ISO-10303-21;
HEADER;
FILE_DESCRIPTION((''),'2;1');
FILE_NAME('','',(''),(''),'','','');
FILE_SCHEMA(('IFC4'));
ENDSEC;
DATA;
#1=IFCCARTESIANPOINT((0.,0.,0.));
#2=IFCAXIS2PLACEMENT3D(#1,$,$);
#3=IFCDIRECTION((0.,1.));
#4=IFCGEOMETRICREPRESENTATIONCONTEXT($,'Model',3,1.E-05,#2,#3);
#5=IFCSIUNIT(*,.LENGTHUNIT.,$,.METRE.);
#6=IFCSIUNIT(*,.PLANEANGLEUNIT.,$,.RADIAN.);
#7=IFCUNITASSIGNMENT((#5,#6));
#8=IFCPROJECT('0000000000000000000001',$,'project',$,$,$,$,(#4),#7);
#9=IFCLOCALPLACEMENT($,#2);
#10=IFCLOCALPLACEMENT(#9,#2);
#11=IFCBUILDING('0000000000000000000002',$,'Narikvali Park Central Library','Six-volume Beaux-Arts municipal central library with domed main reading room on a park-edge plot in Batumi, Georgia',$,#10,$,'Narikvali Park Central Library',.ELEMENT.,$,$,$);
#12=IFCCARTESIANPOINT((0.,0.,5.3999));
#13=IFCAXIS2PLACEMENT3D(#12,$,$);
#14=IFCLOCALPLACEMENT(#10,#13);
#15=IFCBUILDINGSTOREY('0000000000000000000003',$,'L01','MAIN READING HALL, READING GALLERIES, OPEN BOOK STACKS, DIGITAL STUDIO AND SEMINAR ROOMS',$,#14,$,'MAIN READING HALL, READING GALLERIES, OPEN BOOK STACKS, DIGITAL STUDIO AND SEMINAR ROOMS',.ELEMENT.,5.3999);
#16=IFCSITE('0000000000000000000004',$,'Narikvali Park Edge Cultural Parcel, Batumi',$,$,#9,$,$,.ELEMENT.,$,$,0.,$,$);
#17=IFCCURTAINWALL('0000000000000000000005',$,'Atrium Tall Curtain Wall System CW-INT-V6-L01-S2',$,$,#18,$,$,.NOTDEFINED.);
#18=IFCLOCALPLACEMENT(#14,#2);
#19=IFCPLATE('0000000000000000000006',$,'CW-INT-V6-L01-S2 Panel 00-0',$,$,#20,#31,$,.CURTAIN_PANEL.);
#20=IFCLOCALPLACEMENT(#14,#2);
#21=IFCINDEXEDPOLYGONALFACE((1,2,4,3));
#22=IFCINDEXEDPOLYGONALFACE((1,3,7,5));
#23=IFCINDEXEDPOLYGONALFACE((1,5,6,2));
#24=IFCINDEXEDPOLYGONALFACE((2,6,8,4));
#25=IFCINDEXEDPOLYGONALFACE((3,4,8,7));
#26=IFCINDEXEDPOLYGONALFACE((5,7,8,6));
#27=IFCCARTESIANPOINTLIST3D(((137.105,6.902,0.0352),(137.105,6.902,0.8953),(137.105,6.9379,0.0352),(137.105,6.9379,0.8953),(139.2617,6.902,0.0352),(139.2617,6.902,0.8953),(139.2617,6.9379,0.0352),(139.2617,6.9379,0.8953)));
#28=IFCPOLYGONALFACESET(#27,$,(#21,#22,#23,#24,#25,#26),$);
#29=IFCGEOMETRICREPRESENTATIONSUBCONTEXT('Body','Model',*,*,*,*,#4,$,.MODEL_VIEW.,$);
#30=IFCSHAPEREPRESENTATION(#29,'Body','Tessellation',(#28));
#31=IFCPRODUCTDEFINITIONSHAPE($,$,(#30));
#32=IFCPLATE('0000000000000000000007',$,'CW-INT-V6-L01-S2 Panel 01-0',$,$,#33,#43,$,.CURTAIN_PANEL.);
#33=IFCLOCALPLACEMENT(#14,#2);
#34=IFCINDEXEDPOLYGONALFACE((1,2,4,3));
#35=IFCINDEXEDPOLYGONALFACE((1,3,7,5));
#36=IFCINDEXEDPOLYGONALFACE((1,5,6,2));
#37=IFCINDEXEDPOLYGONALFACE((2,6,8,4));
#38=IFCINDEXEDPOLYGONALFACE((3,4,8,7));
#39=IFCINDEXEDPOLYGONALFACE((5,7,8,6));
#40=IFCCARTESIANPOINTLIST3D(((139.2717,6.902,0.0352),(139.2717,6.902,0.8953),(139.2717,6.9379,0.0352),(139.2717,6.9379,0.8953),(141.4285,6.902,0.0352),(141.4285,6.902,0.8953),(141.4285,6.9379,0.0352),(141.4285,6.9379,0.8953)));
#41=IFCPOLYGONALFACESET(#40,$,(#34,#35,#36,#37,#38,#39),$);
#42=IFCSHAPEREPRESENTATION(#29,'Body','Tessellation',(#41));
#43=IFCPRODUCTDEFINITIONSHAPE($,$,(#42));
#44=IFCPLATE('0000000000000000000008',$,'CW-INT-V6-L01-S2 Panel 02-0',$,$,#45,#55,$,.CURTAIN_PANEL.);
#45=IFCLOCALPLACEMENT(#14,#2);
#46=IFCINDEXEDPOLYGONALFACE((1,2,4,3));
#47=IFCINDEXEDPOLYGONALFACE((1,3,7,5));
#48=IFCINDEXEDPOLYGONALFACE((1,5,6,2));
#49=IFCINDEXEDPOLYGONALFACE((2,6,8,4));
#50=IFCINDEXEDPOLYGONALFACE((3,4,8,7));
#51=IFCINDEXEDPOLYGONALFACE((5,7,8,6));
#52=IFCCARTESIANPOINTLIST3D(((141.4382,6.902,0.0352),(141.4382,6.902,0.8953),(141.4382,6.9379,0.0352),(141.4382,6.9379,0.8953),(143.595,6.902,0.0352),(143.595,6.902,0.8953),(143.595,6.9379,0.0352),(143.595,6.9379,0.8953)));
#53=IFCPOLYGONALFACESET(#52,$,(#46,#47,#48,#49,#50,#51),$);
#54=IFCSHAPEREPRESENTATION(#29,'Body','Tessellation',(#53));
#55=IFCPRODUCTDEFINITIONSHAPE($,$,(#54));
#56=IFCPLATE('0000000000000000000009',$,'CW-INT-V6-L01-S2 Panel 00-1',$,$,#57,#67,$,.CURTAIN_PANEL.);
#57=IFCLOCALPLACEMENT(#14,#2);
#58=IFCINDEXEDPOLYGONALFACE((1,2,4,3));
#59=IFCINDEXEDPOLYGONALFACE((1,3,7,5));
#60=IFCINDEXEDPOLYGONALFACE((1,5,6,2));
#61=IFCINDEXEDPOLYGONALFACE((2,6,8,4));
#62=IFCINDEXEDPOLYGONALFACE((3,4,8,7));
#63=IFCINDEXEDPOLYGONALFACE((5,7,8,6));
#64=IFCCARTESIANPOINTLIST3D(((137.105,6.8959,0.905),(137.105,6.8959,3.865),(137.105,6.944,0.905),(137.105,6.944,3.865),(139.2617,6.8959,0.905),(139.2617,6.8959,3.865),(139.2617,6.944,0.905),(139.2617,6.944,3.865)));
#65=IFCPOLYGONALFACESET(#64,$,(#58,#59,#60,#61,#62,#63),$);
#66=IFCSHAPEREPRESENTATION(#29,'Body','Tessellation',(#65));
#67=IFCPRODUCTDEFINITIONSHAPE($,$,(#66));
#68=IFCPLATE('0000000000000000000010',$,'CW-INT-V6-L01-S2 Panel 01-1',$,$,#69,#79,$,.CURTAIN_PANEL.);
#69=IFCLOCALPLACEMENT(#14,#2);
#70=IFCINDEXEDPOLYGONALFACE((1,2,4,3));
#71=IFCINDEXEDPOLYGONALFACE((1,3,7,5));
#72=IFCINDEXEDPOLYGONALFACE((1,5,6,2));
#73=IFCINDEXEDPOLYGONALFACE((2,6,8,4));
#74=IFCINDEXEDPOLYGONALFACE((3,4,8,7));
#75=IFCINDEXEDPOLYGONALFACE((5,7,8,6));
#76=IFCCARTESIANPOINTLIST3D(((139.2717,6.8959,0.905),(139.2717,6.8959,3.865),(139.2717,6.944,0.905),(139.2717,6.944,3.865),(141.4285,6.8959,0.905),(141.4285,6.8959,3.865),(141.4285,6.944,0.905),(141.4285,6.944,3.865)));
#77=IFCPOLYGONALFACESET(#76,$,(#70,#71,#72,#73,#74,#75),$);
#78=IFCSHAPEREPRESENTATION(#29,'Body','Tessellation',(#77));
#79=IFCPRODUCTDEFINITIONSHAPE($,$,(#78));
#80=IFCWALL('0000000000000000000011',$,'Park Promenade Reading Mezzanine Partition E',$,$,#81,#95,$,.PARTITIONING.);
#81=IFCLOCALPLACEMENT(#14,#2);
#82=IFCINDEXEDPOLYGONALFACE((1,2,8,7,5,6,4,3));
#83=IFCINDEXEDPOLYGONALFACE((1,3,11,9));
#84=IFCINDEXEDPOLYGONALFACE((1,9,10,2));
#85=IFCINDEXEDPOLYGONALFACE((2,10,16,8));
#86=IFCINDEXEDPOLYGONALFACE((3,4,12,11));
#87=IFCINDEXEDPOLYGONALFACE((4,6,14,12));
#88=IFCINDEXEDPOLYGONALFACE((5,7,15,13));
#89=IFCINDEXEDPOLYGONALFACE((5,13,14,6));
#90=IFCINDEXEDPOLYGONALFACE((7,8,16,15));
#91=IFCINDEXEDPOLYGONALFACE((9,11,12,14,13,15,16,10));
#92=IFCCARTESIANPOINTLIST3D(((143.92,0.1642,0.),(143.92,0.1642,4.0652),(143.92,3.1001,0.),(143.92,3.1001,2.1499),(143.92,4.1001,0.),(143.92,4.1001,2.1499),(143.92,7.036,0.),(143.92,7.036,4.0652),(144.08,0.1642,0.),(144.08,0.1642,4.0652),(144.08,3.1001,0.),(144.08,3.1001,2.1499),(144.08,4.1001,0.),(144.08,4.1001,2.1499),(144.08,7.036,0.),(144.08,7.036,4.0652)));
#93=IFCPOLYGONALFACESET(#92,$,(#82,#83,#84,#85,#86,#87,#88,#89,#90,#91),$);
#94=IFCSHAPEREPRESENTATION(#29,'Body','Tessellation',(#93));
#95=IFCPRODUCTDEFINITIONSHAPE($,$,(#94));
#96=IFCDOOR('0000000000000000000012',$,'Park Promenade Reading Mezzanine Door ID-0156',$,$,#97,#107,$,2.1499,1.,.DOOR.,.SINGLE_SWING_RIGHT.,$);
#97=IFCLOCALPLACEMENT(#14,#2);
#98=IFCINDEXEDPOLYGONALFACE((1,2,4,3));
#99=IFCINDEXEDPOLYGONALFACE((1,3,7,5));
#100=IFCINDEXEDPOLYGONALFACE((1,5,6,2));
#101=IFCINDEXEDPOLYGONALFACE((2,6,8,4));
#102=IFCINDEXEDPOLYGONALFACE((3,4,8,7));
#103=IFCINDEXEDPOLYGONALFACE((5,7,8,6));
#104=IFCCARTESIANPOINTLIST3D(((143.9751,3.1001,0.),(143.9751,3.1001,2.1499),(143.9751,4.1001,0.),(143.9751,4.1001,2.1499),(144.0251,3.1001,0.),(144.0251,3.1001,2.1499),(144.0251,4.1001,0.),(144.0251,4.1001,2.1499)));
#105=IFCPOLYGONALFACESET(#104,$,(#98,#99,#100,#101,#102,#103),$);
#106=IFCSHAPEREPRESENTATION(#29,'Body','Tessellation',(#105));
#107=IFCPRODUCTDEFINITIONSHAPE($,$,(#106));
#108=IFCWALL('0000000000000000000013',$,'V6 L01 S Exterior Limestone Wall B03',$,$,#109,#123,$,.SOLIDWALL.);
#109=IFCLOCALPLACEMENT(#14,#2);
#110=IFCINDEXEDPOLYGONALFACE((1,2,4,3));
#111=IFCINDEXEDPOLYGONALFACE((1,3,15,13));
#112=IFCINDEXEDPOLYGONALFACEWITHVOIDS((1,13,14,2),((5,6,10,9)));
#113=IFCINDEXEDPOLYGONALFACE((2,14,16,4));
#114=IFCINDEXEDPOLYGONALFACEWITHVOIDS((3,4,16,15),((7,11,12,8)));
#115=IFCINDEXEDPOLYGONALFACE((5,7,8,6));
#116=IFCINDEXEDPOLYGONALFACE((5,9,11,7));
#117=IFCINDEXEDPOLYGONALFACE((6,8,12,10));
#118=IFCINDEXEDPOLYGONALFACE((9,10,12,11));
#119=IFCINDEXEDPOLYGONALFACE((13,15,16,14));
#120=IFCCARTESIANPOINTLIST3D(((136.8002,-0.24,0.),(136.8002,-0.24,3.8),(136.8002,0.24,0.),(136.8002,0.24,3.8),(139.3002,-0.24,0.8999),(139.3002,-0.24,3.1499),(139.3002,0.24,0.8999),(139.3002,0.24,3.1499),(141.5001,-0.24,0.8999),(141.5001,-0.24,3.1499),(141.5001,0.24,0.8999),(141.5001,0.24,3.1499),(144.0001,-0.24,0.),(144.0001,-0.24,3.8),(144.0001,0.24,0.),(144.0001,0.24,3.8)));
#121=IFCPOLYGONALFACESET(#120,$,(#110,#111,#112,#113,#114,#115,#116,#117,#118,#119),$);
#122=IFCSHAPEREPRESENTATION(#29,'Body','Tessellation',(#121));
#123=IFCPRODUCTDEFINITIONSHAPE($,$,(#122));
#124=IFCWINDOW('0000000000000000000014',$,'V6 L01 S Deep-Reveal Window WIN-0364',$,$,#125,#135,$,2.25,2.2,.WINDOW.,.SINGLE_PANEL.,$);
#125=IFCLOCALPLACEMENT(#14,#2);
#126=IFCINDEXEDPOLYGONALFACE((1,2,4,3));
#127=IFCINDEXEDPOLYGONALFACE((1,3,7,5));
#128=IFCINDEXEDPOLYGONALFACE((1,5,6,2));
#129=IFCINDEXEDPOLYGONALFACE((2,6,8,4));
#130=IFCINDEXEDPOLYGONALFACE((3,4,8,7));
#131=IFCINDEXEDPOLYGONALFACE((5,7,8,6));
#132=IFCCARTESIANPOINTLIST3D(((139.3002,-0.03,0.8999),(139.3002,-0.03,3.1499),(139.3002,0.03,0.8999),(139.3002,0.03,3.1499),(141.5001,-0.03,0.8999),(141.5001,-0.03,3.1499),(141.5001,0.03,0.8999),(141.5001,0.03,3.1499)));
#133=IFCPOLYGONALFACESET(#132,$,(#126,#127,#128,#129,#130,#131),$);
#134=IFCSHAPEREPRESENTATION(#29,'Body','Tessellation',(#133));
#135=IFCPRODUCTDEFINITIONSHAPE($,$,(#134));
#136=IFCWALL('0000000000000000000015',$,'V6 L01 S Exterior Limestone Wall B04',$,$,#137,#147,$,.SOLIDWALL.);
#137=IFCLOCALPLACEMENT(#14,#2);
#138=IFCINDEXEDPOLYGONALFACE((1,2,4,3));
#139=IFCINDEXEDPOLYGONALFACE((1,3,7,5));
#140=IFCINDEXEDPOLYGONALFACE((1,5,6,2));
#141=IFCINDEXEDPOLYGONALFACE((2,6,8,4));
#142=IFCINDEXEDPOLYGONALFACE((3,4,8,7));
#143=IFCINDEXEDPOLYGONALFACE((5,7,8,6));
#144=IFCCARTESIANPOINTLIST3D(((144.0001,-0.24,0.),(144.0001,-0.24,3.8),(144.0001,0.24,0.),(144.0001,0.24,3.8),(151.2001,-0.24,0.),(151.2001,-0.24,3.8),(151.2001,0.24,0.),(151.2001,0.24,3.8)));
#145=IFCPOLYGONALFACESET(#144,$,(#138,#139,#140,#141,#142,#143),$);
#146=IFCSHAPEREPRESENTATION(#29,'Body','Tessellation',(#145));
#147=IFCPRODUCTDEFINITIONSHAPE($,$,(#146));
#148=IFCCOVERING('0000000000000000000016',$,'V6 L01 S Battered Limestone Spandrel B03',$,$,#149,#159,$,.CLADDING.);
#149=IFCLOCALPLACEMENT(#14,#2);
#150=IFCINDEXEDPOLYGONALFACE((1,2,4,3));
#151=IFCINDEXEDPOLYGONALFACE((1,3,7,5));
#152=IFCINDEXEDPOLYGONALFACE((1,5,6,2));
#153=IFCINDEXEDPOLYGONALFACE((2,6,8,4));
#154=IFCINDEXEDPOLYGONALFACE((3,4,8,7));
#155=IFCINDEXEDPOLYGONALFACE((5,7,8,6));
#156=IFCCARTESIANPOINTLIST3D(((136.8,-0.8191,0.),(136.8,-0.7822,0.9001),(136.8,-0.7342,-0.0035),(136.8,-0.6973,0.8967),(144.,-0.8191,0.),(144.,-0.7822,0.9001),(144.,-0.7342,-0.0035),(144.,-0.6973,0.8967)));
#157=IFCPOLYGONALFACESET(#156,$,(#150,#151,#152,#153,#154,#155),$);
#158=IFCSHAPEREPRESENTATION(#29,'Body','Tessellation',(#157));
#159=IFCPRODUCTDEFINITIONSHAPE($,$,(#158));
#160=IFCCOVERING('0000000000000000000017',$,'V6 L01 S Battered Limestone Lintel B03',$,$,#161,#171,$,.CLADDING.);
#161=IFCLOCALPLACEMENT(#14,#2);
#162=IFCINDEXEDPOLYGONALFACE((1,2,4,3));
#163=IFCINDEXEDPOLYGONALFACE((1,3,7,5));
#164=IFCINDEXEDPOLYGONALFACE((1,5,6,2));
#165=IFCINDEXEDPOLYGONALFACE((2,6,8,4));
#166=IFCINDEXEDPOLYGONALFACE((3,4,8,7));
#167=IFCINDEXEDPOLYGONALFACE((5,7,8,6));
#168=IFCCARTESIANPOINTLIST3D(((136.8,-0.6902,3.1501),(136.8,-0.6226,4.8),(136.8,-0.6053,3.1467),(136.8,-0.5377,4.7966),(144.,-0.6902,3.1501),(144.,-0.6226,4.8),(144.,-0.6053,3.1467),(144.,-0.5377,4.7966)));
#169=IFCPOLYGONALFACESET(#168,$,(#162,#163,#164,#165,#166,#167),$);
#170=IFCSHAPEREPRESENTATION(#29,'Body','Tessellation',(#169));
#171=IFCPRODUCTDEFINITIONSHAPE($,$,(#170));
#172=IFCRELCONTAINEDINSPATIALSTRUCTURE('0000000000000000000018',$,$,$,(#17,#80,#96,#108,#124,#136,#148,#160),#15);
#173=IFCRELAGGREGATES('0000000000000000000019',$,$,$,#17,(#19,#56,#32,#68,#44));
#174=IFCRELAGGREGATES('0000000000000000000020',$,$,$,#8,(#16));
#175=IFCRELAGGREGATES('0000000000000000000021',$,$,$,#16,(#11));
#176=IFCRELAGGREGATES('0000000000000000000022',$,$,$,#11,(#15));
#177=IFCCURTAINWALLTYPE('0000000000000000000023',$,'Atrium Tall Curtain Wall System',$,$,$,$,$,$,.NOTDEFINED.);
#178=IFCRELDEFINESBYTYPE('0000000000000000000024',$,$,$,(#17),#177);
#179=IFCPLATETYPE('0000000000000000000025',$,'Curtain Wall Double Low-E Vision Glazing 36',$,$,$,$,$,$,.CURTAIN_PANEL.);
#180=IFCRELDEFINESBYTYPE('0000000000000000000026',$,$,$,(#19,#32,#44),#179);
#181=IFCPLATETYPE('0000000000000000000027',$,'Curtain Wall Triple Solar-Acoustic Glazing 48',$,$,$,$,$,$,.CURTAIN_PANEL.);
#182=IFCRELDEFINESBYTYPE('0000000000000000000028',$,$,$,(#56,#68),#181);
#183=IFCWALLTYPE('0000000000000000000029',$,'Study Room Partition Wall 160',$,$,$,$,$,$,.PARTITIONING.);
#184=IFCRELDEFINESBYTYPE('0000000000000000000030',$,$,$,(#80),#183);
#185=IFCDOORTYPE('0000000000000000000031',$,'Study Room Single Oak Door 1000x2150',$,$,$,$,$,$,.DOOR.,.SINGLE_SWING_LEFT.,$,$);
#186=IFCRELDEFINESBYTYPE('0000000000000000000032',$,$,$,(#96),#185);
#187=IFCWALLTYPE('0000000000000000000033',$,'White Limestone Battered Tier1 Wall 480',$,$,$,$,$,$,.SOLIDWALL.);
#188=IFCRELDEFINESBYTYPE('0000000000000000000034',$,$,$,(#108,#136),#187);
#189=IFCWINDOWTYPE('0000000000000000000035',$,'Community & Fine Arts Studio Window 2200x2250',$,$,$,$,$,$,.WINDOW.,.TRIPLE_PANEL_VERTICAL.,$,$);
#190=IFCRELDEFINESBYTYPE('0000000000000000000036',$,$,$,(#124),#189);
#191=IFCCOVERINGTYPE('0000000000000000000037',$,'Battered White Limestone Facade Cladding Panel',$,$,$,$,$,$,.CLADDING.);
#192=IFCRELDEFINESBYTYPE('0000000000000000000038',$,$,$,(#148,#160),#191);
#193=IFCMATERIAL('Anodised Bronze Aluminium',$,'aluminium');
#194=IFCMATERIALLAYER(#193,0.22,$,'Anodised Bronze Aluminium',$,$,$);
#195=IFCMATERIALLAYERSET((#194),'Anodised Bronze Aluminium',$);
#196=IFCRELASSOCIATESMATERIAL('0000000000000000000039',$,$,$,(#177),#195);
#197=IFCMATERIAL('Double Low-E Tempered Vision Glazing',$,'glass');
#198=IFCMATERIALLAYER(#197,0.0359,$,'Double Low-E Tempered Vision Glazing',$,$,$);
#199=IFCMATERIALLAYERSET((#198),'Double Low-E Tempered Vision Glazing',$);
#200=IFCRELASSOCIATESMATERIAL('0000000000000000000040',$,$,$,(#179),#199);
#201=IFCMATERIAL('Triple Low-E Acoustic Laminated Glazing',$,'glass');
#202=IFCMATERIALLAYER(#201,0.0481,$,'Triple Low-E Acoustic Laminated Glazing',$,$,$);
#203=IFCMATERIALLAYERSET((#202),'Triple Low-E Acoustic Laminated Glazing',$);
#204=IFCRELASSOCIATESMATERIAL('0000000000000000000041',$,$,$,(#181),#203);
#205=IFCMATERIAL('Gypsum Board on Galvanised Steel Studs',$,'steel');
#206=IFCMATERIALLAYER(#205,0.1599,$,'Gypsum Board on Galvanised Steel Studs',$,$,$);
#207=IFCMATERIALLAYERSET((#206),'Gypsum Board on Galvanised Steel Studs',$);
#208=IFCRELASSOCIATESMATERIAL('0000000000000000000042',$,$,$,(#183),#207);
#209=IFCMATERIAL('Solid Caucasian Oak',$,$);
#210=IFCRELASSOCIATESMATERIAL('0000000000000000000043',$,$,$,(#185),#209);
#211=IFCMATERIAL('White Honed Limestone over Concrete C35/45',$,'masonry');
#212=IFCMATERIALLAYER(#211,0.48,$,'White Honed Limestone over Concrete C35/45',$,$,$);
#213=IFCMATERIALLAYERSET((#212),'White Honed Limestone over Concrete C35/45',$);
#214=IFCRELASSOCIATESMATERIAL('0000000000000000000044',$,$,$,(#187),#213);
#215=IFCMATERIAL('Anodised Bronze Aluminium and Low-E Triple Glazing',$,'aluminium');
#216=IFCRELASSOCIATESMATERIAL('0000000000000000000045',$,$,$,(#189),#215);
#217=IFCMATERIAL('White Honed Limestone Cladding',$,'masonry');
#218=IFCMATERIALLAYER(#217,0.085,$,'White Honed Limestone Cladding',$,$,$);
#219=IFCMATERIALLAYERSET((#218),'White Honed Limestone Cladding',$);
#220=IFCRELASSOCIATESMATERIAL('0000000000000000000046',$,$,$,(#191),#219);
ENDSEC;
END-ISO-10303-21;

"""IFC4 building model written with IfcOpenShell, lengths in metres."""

from ifc_helpers import new_model, si_unit, direction, frame, frame_2d, origin, origin_2d, place, context, subcontext, project, spatial, polyline, rectangle, outline, extrude, material, layer, layer_set, type_object, element, fill, aggregate, save


model = new_model("IFC4")

# Units and contexts
model_context = context("Model", 3, precision=1e-05, world=origin(), true_north=direction((0.0, 1.0)))
body_context = subcontext(model_context, "Body", "Model", "MODEL_VIEW")
ifc_project = project(units=[si_unit("LENGTHUNIT", "METRE"), si_unit("PLANEANGLEUNIT", "RADIAN")], contexts=[model_context])

# Site, building, storey
site_placement = place(None, origin())
site = spatial("IfcSite", under=ifc_project, at=site_placement, Name="Narikvali Park Edge Cultural Parcel, Batumi", CompositionType="ELEMENT", RefElevation=0.0)
building_placement = place(site_placement, origin())
building = spatial("IfcBuilding", under=site, at=building_placement, Name="Narikvali Park Central Library", Description="Six-volume Beaux-Arts municipal central library with domed main reading room on a park-edge plot in Batumi, Georgia", LongName="Narikvali Park Central Library", CompositionType="ELEMENT")
storey_placement = place(building_placement, frame((0.0, 0.0, 5.3999)))
storey = spatial("IfcBuildingStorey", under=building, at=storey_placement, Name="L01", Description="MAIN READING HALL, READING GALLERIES, OPEN BOOK STACKS, DIGITAL STUDIO AND SEMINAR ROOMS", LongName="MAIN READING HALL, READING GALLERIES, OPEN BOOK STACKS, DIGITAL STUDIO AND SEMINAR ROOMS", CompositionType="ELEMENT", Elevation=5.3999)

# Curtain wall
ifc_material_1 = material(Name="Anodised Bronze Aluminium", Category="aluminium")
ifc_layer_1 = layer(ifc_material_1, 0.22, Name="Anodised Bronze Aluminium")
ifc_layer_set_1 = layer_set([ifc_layer_1], Name="Anodised Bronze Aluminium")
curtain_wall_type = type_object("IfcCurtainWallType", Name="Atrium Tall Curtain Wall System", PredefinedType="NOTDEFINED", material=ifc_layer_set_1)
curtain_wall_placement = place(storey_placement, origin())
curtain_wall = element("IfcCurtainWall", 1, at=curtain_wall_placement, inside=storey, type_object=curtain_wall_type, Name="Atrium Tall Curtain Wall System CW-INT-V6-L01-S2", PredefinedType="NOTDEFINED")

# Plates
ifc_material_2 = material(Name="Double Low-E Tempered Vision Glazing", Category="glass")
ifc_layer_2 = layer(ifc_material_2, 0.0359, Name="Double Low-E Tempered Vision Glazing")
ifc_layer_set_2 = layer_set([ifc_layer_2], Name="Double Low-E Tempered Vision Glazing")
plate_type_1 = type_object("IfcPlateType", Name="Curtain Wall Double Low-E Vision Glazing 36", PredefinedType="CURTAIN_PANEL", material=ifc_layer_set_2)
plate_1_placement = place(storey_placement, frame((138.1833, 6.9199, 0.0352), z_axis=(0.0, 0.0, 1.0), x_axis=(1.0, 0.0, 0.0)))
plate_1 = element("IfcPlate", 2, at=plate_1_placement, type_object=plate_type_1, Name="CW-INT-V6-L01-S2 Panel 00-0", PredefinedType="CURTAIN_PANEL", context=body_context, shape_type="SweptSolid", body=[
    extrude(rectangle(XDim=2.1567, YDim=0.0359, at=origin_2d()), origin(), (0.0, 0.0, 1.0), 0.8601),
])
plate_2_placement = place(storey_placement, frame((140.3501, 6.9199, 0.0352), z_axis=(0.0, 0.0, 1.0), x_axis=(1.0, 0.0, 0.0)))
plate_2 = element("IfcPlate", 3, at=plate_2_placement, type_object=plate_type_1, Name="CW-INT-V6-L01-S2 Panel 01-0", PredefinedType="CURTAIN_PANEL", context=body_context, shape_type="SweptSolid", body=[
    extrude(rectangle(XDim=2.1567, YDim=0.0359, at=origin_2d()), origin(), (0.0, 0.0, 1.0), 0.8601),
])
plate_3_placement = place(storey_placement, frame((142.5166, 6.9199, 0.0352), z_axis=(0.0, 0.0, 1.0), x_axis=(1.0, 0.0, 0.0)))
plate_3 = element("IfcPlate", 4, at=plate_3_placement, type_object=plate_type_1, Name="CW-INT-V6-L01-S2 Panel 02-0", PredefinedType="CURTAIN_PANEL", context=body_context, shape_type="SweptSolid", body=[
    extrude(rectangle(XDim=2.1567, YDim=0.0359, at=origin_2d()), origin(), (0.0, 0.0, 1.0), 0.8601),
])
ifc_material_3 = material(Name="Triple Low-E Acoustic Laminated Glazing", Category="glass")
ifc_layer_3 = layer(ifc_material_3, 0.0481, Name="Triple Low-E Acoustic Laminated Glazing")
ifc_layer_set_3 = layer_set([ifc_layer_3], Name="Triple Low-E Acoustic Laminated Glazing")
plate_type_2 = type_object("IfcPlateType", Name="Curtain Wall Triple Solar-Acoustic Glazing 48", PredefinedType="CURTAIN_PANEL", material=ifc_layer_set_3)
plate_4_placement = place(storey_placement, frame((138.1833, 6.9199, 0.905), z_axis=(0.0, 0.0, 1.0), x_axis=(1.0, 0.0, 0.0)))
plate_4 = element("IfcPlate", 5, at=plate_4_placement, type_object=plate_type_2, Name="CW-INT-V6-L01-S2 Panel 00-1", PredefinedType="CURTAIN_PANEL", context=body_context, shape_type="SweptSolid", body=[
    extrude(rectangle(XDim=2.1567, YDim=0.0481, at=origin_2d()), origin(), (0.0, 0.0, 1.0), 2.96),
])
plate_5_placement = place(storey_placement, frame((140.3501, 6.9199, 0.905), z_axis=(0.0, 0.0, 1.0), x_axis=(1.0, 0.0, 0.0)))
plate_5 = element("IfcPlate", 6, at=plate_5_placement, type_object=plate_type_2, Name="CW-INT-V6-L01-S2 Panel 01-1", PredefinedType="CURTAIN_PANEL", context=body_context, shape_type="SweptSolid", body=[
    extrude(rectangle(XDim=2.1567, YDim=0.0481, at=origin_2d()), origin(), (0.0, 0.0, 1.0), 2.96),
])
aggregate(curtain_wall, [plate_1, plate_4, plate_2, plate_5, plate_3])

# Wall, opening, door
ifc_material_4 = material(Name="Gypsum Board on Galvanised Steel Studs", Category="steel")
ifc_layer_4 = layer(ifc_material_4, 0.1599, Name="Gypsum Board on Galvanised Steel Studs")
ifc_layer_set_4 = layer_set([ifc_layer_4], Name="Gypsum Board on Galvanised Steel Studs")
wall_type_1 = type_object("IfcWallType", Name="Study Room Partition Wall 160", PredefinedType="PARTITIONING", material=ifc_layer_set_4)
wall_1_placement = place(storey_placement, frame((144.0, 0.1641, 0.0), z_axis=(0.0, 0.0, 1.0), x_axis=(0.0, 1.0, 0.0)))
wall_1 = element("IfcWall", 7, at=wall_1_placement, inside=storey, type_object=wall_type_1, Name="Park Promenade Reading Mezzanine Partition E", PredefinedType="PARTITIONING", context=body_context, shape_type="SweptSolid", body=[
    extrude(rectangle(XDim=6.8718, YDim=0.1599, at=frame_2d((3.436, 0.0))), origin(), (0.0, 0.0, 1.0), 4.0652),
])
opening_1_placement = place(wall_1_placement, frame((2.936, 0.0, 0.0)))
opening_1 = element("IfcOpeningElement", 8, at=opening_1_placement, cuts=wall_1, PredefinedType="OPENING", context=body_context, shape_type="SweptSolid", body=[
    extrude(rectangle(XDim=1.0, YDim=2.1499, at=frame_2d((0.5, 1.075))), frame((0.0, 0.0918, 0.0), z_axis=(0.0, -1.0, 0.0), x_axis=(1.0, 0.0, 0.0)), (0.0, 0.0, 1.0), 0.1838),
])
ifc_material_5 = material(Name="Solid Caucasian Oak")
door_type = type_object("IfcDoorType", Name="Study Room Single Oak Door 1000x2150", OperationType="SINGLE_SWING_LEFT", PredefinedType="DOOR", material=ifc_material_5)
door_placement = place(opening_1_placement, origin())
door = element("IfcDoor", 9, at=door_placement, inside=storey, type_object=door_type, Name="Park Promenade Reading Mezzanine Door ID-0156", OperationType="SINGLE_SWING_RIGHT", OverallHeight=2.1499, OverallWidth=1.0, PredefinedType="DOOR", context=body_context, shape_type="SweptSolid", body=[
    extrude(rectangle(XDim=1.0, YDim=2.1499, at=frame_2d((0.5, 1.075))), frame((0.0, 0.0249, 0.0), z_axis=(0.0, -1.0, 0.0), x_axis=(1.0, 0.0, 0.0)), (0.0, 0.0, 1.0), 0.05),
])
fill(opening_1, door)

# Wall, opening, window
ifc_material_6 = material(Name="White Honed Limestone over Concrete C35/45", Category="masonry")
ifc_layer_5 = layer(ifc_material_6, 0.48, Name="White Honed Limestone over Concrete C35/45")
ifc_layer_set_5 = layer_set([ifc_layer_5], Name="White Honed Limestone over Concrete C35/45")
wall_type_2 = type_object("IfcWallType", Name="White Limestone Battered Tier1 Wall 480", PredefinedType="SOLIDWALL", material=ifc_layer_set_5)
wall_2_placement = place(storey_placement, frame((136.8, 0.0, 0.0), z_axis=(0.0, 0.0, 1.0), x_axis=(1.0, 0.0, 0.0)))
wall_2 = element("IfcWall", 10, at=wall_2_placement, inside=storey, type_object=wall_type_2, Name="V6 L01 S Exterior Limestone Wall B03", PredefinedType="SOLIDWALL", context=body_context, shape_type="SweptSolid", body=[
    extrude(rectangle(XDim=7.2, YDim=0.48, at=frame_2d((3.6001, 0.0))), origin(), (0.0, 0.0, 1.0), 3.8),
])
opening_2_placement = place(wall_2_placement, frame((2.5, 0.0, 0.8999)))
opening_2 = element("IfcOpeningElement", 11, at=opening_2_placement, cuts=wall_2, PredefinedType="OPENING", context=body_context, shape_type="SweptSolid", body=[
    extrude(rectangle(XDim=2.2, YDim=2.25, at=frame_2d((1.1001, 1.125))), frame((0.0, 0.252, 0.0), z_axis=(0.0, -1.0, 0.0), x_axis=(1.0, 0.0, 0.0)), (0.0, 0.0, 1.0), 0.5039),
])
ifc_material_7 = material(Name="Anodised Bronze Aluminium and Low-E Triple Glazing", Category="aluminium")
window_type = type_object("IfcWindowType", Name="Community & Fine Arts Studio Window 2200x2250", PartitioningType="TRIPLE_PANEL_VERTICAL", PredefinedType="WINDOW", material=ifc_material_7)
window_placement = place(opening_2_placement, origin())
window = element("IfcWindow", 12, at=window_placement, inside=storey, type_object=window_type, Name="V6 L01 S Deep-Reveal Window WIN-0364", OverallHeight=2.25, OverallWidth=2.2, PartitioningType="SINGLE_PANEL", PredefinedType="WINDOW", context=body_context, shape_type="SweptSolid", body=[
    extrude(rectangle(XDim=2.2, YDim=2.25, at=frame_2d((1.1001, 1.125))), frame((0.0, 0.03, 0.0), z_axis=(0.0, -1.0, 0.0), x_axis=(1.0, 0.0, 0.0)), (0.0, 0.0, 1.0), 0.0601),
])
fill(opening_2, window)

# Wall
wall_3_placement = place(storey_placement, frame((144.0, 0.0, 0.0), z_axis=(0.0, 0.0, 1.0), x_axis=(1.0, 0.0, 0.0)))
element("IfcWall", 13, at=wall_3_placement, inside=storey, type_object=wall_type_2, Name="V6 L01 S Exterior Limestone Wall B04", PredefinedType="SOLIDWALL", context=body_context, shape_type="SweptSolid", body=[
    extrude(rectangle(XDim=7.2, YDim=0.48, at=frame_2d((3.6001, 0.0))), origin(), (0.0, 0.0, 1.0), 3.8),
])

# Coverings
ifc_material_8 = material(Name="White Honed Limestone Cladding", Category="masonry")
ifc_layer_6 = layer(ifc_material_8, 0.085, Name="White Honed Limestone Cladding")
ifc_layer_set_6 = layer_set([ifc_layer_6], Name="White Honed Limestone Cladding")
covering_type = type_object("IfcCoveringType", Name="Battered White Limestone Facade Cladding Panel", PredefinedType="CLADDING", material=ifc_layer_set_6)
covering_1_placement = place(storey_placement, frame((136.8, -0.8191, 0.0), z_axis=(0.0, -0.999162, 0.04092), x_axis=(1.0, 0.0, 0.0)))
element("IfcCovering", 14, at=covering_1_placement, inside=storey, type_object=covering_type, Name="V6 L01 S Battered Limestone Spandrel B03", PredefinedType="CLADDING", context=body_context, shape_type="SweptSolid", body=[
    extrude(outline(polyline([(0.0, 0.0), (7.2, 0.0), (7.2, 0.9009), (0.0, 0.9009), (0.0, 0.0)])), origin(), (0.0, 0.0, -1.0), 0.085),
])
covering_2_placement = place(storey_placement, frame((136.8, -0.6902, 3.1501), z_axis=(0.0, -0.999161, 0.040954), x_axis=(1.0, 0.0, 0.0)))
element("IfcCovering", 15, at=covering_2_placement, inside=storey, type_object=covering_type, Name="V6 L01 S Battered Limestone Lintel B03", PredefinedType="CLADDING", context=body_context, shape_type="SweptSolid", body=[
    extrude(outline(polyline([(0.0, 0.0), (7.2, 0.0), (7.2, 1.6513), (0.0, 1.6513), (0.0, 0.0)])), origin(), (0.0, 0.0, -1.0), 0.085),
])

save(model, "model.ifc")
